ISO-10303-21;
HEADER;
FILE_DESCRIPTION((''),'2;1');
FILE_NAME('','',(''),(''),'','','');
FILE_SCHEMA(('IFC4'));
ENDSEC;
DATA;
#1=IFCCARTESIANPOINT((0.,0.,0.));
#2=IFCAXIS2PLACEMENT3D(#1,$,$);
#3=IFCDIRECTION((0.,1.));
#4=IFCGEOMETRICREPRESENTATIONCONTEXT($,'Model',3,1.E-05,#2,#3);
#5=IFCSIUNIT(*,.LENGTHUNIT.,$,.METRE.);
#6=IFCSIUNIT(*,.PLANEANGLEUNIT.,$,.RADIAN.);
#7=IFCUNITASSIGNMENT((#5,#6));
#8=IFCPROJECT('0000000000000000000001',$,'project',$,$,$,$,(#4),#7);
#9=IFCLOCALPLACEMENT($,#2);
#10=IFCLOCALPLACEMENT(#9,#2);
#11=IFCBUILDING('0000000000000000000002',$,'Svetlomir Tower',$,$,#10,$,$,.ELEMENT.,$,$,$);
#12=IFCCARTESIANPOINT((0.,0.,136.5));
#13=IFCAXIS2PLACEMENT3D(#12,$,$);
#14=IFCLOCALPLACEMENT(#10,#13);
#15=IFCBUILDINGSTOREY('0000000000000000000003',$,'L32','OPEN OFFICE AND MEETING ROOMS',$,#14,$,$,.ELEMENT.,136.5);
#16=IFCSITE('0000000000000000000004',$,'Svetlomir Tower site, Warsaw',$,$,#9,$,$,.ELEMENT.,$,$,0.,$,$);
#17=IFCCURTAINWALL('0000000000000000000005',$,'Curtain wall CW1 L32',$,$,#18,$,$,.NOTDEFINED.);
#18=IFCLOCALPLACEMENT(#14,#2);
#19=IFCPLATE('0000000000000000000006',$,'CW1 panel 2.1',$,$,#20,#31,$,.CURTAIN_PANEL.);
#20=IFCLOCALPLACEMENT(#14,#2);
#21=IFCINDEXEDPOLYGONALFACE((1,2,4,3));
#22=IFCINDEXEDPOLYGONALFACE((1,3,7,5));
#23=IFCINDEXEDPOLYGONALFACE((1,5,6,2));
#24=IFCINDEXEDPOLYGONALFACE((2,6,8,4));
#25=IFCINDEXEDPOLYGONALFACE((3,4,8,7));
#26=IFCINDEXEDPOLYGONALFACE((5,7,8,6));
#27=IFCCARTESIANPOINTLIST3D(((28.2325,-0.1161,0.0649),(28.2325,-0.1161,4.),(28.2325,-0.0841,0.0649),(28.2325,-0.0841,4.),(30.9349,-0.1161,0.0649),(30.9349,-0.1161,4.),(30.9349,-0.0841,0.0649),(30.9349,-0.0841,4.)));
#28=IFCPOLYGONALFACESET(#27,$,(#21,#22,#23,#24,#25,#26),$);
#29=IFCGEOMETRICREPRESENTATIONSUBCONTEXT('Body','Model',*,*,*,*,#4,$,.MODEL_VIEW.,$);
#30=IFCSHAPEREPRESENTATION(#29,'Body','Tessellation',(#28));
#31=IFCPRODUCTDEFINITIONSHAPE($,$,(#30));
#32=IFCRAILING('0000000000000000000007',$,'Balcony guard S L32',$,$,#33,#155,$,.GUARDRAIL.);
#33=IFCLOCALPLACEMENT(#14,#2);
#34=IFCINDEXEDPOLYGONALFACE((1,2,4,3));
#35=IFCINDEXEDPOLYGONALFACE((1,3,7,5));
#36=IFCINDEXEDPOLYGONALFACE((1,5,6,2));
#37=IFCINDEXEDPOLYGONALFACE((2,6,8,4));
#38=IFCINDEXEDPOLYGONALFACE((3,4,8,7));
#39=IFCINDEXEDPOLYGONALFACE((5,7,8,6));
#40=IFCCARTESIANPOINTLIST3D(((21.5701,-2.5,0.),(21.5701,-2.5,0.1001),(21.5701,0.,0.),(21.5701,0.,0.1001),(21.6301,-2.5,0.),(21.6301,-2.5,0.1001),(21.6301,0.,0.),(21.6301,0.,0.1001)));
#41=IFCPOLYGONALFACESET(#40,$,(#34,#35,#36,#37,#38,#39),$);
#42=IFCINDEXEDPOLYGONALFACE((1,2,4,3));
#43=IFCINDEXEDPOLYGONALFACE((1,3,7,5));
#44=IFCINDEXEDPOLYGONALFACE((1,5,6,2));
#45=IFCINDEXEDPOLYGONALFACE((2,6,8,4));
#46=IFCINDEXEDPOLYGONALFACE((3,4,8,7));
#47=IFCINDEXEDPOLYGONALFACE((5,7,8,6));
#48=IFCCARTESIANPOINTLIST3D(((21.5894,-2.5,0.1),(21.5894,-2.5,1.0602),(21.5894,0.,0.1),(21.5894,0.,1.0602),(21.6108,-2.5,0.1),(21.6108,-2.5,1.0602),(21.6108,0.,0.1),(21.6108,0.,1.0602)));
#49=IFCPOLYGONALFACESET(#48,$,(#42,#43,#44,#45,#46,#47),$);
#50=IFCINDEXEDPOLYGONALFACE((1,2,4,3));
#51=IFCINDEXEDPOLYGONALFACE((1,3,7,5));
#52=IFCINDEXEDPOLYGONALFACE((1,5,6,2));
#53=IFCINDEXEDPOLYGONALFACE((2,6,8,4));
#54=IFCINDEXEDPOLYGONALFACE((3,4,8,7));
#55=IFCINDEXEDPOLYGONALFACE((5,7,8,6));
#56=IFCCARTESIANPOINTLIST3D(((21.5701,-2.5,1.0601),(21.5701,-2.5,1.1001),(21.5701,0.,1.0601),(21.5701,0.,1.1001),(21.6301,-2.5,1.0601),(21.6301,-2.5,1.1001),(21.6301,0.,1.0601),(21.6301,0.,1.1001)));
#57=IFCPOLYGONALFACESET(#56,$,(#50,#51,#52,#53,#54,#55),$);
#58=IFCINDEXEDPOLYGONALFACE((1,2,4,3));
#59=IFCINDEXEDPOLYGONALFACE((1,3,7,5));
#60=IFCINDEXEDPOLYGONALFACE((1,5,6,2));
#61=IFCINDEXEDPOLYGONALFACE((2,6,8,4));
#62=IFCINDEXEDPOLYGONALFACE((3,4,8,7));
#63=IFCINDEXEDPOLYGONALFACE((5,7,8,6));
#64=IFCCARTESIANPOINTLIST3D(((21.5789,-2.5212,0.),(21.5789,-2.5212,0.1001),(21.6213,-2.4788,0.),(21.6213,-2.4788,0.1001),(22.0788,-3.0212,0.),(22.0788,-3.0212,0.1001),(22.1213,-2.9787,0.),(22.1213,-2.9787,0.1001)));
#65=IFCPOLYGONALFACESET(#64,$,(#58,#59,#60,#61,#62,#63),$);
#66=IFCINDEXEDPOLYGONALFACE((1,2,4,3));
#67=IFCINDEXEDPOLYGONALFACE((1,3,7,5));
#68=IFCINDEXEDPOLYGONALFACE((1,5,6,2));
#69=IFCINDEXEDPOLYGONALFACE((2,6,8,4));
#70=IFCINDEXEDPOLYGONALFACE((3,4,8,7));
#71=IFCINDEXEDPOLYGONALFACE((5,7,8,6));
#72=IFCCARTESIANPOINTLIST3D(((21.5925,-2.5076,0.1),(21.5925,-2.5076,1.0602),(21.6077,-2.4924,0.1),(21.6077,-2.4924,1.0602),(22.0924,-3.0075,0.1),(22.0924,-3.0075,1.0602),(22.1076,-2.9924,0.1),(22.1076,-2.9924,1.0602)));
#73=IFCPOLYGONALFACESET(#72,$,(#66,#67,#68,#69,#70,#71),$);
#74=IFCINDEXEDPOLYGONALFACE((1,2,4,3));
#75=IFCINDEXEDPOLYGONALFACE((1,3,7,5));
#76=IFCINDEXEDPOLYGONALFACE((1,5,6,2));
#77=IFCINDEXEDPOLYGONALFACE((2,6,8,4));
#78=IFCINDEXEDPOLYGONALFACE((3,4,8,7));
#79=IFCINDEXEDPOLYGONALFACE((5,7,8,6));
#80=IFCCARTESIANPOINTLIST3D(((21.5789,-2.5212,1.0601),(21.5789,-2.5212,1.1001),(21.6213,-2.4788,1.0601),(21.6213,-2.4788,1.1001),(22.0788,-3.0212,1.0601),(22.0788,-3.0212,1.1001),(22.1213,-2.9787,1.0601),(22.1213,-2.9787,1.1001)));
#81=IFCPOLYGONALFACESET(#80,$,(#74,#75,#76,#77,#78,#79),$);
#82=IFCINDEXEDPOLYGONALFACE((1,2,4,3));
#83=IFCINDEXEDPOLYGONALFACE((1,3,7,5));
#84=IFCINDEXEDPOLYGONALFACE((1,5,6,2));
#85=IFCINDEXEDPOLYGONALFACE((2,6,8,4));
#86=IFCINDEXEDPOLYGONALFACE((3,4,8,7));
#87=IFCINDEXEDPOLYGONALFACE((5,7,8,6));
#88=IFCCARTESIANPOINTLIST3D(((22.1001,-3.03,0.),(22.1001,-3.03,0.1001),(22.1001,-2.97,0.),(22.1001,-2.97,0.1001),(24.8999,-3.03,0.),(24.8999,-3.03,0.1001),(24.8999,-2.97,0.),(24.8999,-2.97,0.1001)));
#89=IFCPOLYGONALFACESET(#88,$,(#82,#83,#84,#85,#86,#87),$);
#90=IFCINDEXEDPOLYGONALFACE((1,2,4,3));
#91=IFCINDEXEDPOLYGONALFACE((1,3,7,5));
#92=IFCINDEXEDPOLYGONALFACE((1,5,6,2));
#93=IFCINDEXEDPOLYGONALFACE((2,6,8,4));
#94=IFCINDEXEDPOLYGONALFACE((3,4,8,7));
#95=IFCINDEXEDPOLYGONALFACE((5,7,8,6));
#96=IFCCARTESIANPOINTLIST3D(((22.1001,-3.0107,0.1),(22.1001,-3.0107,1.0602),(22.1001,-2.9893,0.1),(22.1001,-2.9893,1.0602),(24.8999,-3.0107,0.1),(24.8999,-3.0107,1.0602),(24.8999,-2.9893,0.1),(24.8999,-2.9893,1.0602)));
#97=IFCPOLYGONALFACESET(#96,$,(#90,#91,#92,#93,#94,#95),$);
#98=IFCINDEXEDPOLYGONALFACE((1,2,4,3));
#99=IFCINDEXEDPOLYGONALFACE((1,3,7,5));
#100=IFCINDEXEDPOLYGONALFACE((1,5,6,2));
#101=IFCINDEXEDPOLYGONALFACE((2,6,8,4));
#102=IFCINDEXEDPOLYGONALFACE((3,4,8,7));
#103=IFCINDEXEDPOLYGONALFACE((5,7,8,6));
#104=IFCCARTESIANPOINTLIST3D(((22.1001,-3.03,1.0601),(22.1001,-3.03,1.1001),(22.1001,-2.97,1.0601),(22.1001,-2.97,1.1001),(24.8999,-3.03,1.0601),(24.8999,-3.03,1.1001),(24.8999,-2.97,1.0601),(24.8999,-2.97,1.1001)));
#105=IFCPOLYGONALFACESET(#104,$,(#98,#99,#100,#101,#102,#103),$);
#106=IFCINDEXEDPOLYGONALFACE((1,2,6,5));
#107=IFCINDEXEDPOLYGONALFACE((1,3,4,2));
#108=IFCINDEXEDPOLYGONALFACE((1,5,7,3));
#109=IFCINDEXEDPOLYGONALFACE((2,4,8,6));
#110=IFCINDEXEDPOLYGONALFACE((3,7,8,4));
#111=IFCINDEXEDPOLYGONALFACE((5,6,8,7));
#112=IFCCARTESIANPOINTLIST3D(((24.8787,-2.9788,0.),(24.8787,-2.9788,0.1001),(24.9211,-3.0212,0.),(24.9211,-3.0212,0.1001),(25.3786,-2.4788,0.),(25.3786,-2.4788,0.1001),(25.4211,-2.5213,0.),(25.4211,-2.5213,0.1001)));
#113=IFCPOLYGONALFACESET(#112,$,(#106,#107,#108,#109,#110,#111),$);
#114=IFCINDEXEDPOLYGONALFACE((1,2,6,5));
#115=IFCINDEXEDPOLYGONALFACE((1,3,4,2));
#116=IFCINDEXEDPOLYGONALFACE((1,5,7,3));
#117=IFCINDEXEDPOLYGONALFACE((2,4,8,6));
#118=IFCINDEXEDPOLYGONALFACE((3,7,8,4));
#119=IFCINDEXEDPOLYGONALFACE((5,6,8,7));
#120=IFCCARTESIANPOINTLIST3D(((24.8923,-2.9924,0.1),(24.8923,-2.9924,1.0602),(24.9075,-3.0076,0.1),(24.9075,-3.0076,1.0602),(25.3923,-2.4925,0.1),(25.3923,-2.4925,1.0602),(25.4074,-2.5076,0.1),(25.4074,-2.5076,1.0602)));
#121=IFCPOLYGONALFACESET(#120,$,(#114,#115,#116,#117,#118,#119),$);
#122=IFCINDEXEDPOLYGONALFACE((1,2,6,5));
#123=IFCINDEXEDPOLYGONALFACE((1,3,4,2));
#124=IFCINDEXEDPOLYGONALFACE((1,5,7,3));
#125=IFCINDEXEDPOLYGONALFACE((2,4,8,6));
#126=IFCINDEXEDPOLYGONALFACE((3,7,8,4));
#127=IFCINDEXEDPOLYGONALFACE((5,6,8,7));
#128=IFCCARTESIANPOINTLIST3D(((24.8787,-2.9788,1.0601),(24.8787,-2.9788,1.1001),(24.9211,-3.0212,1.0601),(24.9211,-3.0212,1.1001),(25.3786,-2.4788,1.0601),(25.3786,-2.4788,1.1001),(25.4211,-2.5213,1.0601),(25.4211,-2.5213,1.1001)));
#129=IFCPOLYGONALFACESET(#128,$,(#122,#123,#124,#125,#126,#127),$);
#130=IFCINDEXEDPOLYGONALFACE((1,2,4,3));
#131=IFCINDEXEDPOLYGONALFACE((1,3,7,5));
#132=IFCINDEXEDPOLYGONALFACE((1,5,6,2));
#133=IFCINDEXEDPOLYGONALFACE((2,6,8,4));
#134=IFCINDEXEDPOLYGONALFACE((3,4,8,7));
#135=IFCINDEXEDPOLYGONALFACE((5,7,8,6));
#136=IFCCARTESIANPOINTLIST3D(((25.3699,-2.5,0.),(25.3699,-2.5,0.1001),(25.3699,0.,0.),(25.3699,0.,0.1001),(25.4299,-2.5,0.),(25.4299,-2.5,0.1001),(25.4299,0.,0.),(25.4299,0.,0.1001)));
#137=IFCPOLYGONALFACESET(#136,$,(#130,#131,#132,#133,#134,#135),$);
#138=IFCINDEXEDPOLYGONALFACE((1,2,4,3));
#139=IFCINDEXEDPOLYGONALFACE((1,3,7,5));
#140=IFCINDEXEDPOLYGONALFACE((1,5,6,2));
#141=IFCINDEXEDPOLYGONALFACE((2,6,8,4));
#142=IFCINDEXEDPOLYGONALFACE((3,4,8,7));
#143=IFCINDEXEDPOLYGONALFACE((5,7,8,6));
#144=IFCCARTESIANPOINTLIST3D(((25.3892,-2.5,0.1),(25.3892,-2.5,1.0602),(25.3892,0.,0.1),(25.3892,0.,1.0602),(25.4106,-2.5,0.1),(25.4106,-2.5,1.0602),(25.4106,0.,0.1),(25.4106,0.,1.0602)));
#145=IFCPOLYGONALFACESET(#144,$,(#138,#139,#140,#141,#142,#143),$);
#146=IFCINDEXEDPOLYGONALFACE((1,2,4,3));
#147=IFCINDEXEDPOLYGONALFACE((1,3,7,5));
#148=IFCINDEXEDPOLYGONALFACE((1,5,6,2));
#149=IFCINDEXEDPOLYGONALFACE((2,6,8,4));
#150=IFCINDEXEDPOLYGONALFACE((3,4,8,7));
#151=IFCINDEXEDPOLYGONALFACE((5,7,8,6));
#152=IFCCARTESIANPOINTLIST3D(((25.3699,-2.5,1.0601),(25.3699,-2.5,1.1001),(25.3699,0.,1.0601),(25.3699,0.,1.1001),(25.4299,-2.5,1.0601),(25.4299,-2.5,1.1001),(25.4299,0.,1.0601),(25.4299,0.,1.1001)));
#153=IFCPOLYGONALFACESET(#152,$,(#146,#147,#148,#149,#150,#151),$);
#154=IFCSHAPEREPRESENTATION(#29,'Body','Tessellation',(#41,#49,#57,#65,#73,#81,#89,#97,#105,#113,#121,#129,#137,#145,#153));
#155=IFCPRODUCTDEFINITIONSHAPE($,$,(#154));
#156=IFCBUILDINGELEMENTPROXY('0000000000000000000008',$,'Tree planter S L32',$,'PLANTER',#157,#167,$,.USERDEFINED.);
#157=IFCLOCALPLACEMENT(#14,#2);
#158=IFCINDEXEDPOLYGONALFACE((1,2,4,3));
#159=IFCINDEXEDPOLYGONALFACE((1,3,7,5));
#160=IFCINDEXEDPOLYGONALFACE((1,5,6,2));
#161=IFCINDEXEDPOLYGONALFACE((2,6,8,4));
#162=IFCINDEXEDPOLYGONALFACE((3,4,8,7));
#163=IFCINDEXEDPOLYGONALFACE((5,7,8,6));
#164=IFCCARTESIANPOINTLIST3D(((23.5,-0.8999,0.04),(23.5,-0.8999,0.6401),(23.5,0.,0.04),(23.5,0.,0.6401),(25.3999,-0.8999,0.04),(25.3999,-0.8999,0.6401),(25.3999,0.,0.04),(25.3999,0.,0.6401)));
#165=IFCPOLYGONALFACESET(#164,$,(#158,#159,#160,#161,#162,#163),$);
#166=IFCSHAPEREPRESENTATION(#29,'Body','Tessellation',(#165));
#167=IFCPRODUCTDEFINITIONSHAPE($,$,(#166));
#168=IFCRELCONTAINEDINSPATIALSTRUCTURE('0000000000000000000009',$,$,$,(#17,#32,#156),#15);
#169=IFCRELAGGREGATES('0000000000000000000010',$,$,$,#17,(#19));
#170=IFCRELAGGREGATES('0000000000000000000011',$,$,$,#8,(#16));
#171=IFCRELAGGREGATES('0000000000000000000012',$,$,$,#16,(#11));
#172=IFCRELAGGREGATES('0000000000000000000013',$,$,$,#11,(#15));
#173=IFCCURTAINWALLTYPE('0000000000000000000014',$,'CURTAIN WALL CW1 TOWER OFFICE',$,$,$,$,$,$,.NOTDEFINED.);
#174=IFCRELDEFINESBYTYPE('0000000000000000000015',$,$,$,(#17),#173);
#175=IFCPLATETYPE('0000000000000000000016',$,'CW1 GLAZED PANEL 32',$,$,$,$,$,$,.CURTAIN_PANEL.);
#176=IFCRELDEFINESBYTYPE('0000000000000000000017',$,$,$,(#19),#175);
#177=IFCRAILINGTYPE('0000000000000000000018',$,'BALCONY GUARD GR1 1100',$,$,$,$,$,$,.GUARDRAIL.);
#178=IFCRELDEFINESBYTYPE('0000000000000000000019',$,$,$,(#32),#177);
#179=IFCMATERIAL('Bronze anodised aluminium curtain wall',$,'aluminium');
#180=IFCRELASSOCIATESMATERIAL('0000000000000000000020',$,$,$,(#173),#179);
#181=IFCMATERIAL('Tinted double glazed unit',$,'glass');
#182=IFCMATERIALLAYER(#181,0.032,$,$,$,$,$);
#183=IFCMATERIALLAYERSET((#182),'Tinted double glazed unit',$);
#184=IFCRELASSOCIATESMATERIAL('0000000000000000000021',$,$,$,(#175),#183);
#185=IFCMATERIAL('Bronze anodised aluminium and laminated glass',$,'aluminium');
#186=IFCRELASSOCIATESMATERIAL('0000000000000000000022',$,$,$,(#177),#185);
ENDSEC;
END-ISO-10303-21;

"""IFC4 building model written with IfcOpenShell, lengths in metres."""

from ifc_helpers import new_model, si_unit, direction, frame, origin, origin_2d, place, context, subcontext, project, spatial, rectangle, extrude, material, layer, layer_set, type_object, element, aggregate, save


model = new_model("IFC4")

# Units and contexts
model_context = context("Model", 3, precision=1e-05, world=origin(), true_north=direction((0.0, 1.0)))
body_context = subcontext(model_context, "Body", "Model", "MODEL_VIEW")
ifc_project = project(units=[si_unit("LENGTHUNIT", "METRE"), si_unit("PLANEANGLEUNIT", "RADIAN")], contexts=[model_context])

# Site, building, storey
site_placement = place(None, origin())
site = spatial("IfcSite", under=ifc_project, at=site_placement, Name="Svetlomir Tower site, Warsaw", CompositionType="ELEMENT", RefElevation=0.0)
building_placement = place(site_placement, origin())
building = spatial("IfcBuilding", under=site, at=building_placement, Name="Svetlomir Tower", CompositionType="ELEMENT")
storey_placement = place(building_placement, frame((0.0, 0.0, 136.5)))
storey = spatial("IfcBuildingStorey", under=building, at=storey_placement, Name="L32", Description="OPEN OFFICE AND MEETING ROOMS", CompositionType="ELEMENT", Elevation=136.5)

# Curtain wall
ifc_material_1 = material(Name="Bronze anodised aluminium curtain wall", Category="aluminium")
curtain_wall_type = type_object("IfcCurtainWallType", Name="CURTAIN WALL CW1 TOWER OFFICE", PredefinedType="NOTDEFINED", material=ifc_material_1)
curtain_wall_1_placement = place(storey_placement, origin())
curtain_wall_1 = element("IfcCurtainWall", 1, at=curtain_wall_1_placement, inside=storey, type_object=curtain_wall_type, Name="Curtain wall CW1 L32", PredefinedType="NOTDEFINED")

# Plate
ifc_material_2 = material(Name="Tinted double glazed unit", Category="glass")
ifc_layer_1 = layer(ifc_material_2, 0.032)
ifc_layer_set_1 = layer_set([ifc_layer_1], Name="Tinted double glazed unit")
plate_type = type_object("IfcPlateType", Name="CW1 GLAZED PANEL 32", PredefinedType="CURTAIN_PANEL", material=ifc_layer_set_1)
plate_1_placement = place(storey_placement, frame((29.5837, -0.1001, 0.0649), z_axis=(0.0, 0.0, 1.0), x_axis=(1.0, 0.0, 0.0)))
plate_1 = element("IfcPlate", 2, at=plate_1_placement, type_object=plate_type, Name="CW1 panel 2.1", PredefinedType="CURTAIN_PANEL", context=body_context, shape_type="SweptSolid", body=[
    extrude(rectangle(XDim=2.7024, YDim=0.032, at=origin_2d()), origin(), (0.0, 0.0, 1.0), 3.9351),
])
aggregate(curtain_wall_1, [plate_1])

# Railing
ifc_material_3 = material(Name="Bronze anodised aluminium and laminated glass", Category="aluminium")
railing_type = type_object("IfcRailingType", Name="BALCONY GUARD GR1 1100", PredefinedType="GUARDRAIL", material=ifc_material_3)
railing_placement = place(storey_placement, frame((21.6001, 0.0, 0.0)))
element("IfcRailing", 3, at=railing_placement, inside=storey, type_object=railing_type, Name="Balcony guard S L32", PredefinedType="GUARDRAIL", context=body_context, shape_type="SweptSolid", body=[
    extrude(rectangle(XDim=0.0601, YDim=0.1001, at=origin_2d()), frame((0.0, 0.0, 0.05), z_axis=(0.0, -1.0, 0.0), x_axis=(1.0, 0.0, 0.0)), (0.0, 0.0, 1.0), 2.5),
    extrude(rectangle(XDim=0.0215, YDim=0.9602, at=origin_2d()), frame((0.0, 0.0, 0.5801), z_axis=(0.0, -1.0, 0.0), x_axis=(1.0, 0.0, 0.0)), (0.0, 0.0, 1.0), 2.5),
    extrude(rectangle(XDim=0.0601, YDim=0.04, at=origin_2d()), frame((0.0, 0.0, 1.0801), z_axis=(0.0, -1.0, 0.0), x_axis=(1.0, 0.0, 0.0)), (0.0, 0.0, 1.0), 2.5),
    extrude(rectangle(XDim=0.0601, YDim=0.1001, at=origin_2d()), frame((0.0, -2.5, 0.05), z_axis=(0.707107, -0.707107, 0.0), x_axis=(0.707107, 0.707107, 0.0)), (0.0, 0.0, 1.0), 0.707),
    extrude(rectangle(XDim=0.0215, YDim=0.9602, at=origin_2d()), frame((0.0, -2.5, 0.5801), z_axis=(0.707107, -0.707107, 0.0), x_axis=(0.707107, 0.707107, 0.0)), (0.0, 0.0, 1.0), 0.707),
    extrude(rectangle(XDim=0.0601, YDim=0.04, at=origin_2d()), frame((0.0, -2.5, 1.0801), z_axis=(0.707107, -0.707107, 0.0), x_axis=(0.707107, 0.707107, 0.0)), (0.0, 0.0, 1.0), 0.707),
    extrude(rectangle(XDim=0.0601, YDim=0.1001, at=origin_2d()), frame((0.5, -3.0, 0.05), z_axis=(1.0, 0.0, 0.0), x_axis=(0.0, 1.0, 0.0)), (0.0, 0.0, 1.0), 2.7998),
    extrude(rectangle(XDim=0.0215, YDim=0.9602, at=origin_2d()), frame((0.5, -3.0, 0.5801), z_axis=(1.0, 0.0, 0.0), x_axis=(0.0, 1.0, 0.0)), (0.0, 0.0, 1.0), 2.7998),
    extrude(rectangle(XDim=0.0601, YDim=0.04, at=origin_2d()), frame((0.5, -3.0, 1.0801), z_axis=(1.0, 0.0, 0.0), x_axis=(0.0, 1.0, 0.0)), (0.0, 0.0, 1.0), 2.7998),
    extrude(rectangle(XDim=0.0601, YDim=0.1001, at=origin_2d()), frame((3.2998, -3.0, 0.05), z_axis=(0.707107, 0.707107, 0.0), x_axis=(-0.707107, 0.707107, 0.0)), (0.0, 0.0, 1.0), 0.707),
    extrude(rectangle(XDim=0.0215, YDim=0.9602, at=origin_2d()), frame((3.2998, -3.0, 0.5801), z_axis=(0.707107, 0.707107, 0.0), x_axis=(-0.707107, 0.707107, 0.0)), (0.0, 0.0, 1.0), 0.707),
    extrude(rectangle(XDim=0.0601, YDim=0.04, at=origin_2d()), frame((3.2998, -3.0, 1.0801), z_axis=(0.707107, 0.707107, 0.0), x_axis=(-0.707107, 0.707107, 0.0)), (0.0, 0.0, 1.0), 0.707),
    extrude(rectangle(XDim=0.0601, YDim=0.1001, at=origin_2d()), frame((3.7998, -2.5, 0.05), z_axis=(0.0, 1.0, 0.0), x_axis=(-1.0, 0.0, 0.0)), (0.0, 0.0, 1.0), 2.5),
    extrude(rectangle(XDim=0.0215, YDim=0.9602, at=origin_2d()), frame((3.7998, -2.5, 0.5801), z_axis=(0.0, 1.0, 0.0), x_axis=(-1.0, 0.0, 0.0)), (0.0, 0.0, 1.0), 2.5),
    extrude(rectangle(XDim=0.0601, YDim=0.04, at=origin_2d()), frame((3.7998, -2.5, 1.0801), z_axis=(0.0, 1.0, 0.0), x_axis=(-1.0, 0.0, 0.0)), (0.0, 0.0, 1.0), 2.5),
])

# Building element proxy
proxy_placement = place(storey_placement, frame((24.45, -0.45, 0.04), z_axis=(0.0, 0.0, 1.0), x_axis=(1.0, 0.0, 0.0)))
element("IfcBuildingElementProxy", 4, at=proxy_placement, inside=storey, Name="Tree planter S L32", ObjectType="PLANTER", PredefinedType="USERDEFINED", context=body_context, shape_type="SweptSolid", body=[
    extrude(rectangle(XDim=1.8999, YDim=0.8999, at=origin_2d()), origin(), (0.0, 0.0, 1.0), 0.6001),
])

save(model, "model.ifc")
